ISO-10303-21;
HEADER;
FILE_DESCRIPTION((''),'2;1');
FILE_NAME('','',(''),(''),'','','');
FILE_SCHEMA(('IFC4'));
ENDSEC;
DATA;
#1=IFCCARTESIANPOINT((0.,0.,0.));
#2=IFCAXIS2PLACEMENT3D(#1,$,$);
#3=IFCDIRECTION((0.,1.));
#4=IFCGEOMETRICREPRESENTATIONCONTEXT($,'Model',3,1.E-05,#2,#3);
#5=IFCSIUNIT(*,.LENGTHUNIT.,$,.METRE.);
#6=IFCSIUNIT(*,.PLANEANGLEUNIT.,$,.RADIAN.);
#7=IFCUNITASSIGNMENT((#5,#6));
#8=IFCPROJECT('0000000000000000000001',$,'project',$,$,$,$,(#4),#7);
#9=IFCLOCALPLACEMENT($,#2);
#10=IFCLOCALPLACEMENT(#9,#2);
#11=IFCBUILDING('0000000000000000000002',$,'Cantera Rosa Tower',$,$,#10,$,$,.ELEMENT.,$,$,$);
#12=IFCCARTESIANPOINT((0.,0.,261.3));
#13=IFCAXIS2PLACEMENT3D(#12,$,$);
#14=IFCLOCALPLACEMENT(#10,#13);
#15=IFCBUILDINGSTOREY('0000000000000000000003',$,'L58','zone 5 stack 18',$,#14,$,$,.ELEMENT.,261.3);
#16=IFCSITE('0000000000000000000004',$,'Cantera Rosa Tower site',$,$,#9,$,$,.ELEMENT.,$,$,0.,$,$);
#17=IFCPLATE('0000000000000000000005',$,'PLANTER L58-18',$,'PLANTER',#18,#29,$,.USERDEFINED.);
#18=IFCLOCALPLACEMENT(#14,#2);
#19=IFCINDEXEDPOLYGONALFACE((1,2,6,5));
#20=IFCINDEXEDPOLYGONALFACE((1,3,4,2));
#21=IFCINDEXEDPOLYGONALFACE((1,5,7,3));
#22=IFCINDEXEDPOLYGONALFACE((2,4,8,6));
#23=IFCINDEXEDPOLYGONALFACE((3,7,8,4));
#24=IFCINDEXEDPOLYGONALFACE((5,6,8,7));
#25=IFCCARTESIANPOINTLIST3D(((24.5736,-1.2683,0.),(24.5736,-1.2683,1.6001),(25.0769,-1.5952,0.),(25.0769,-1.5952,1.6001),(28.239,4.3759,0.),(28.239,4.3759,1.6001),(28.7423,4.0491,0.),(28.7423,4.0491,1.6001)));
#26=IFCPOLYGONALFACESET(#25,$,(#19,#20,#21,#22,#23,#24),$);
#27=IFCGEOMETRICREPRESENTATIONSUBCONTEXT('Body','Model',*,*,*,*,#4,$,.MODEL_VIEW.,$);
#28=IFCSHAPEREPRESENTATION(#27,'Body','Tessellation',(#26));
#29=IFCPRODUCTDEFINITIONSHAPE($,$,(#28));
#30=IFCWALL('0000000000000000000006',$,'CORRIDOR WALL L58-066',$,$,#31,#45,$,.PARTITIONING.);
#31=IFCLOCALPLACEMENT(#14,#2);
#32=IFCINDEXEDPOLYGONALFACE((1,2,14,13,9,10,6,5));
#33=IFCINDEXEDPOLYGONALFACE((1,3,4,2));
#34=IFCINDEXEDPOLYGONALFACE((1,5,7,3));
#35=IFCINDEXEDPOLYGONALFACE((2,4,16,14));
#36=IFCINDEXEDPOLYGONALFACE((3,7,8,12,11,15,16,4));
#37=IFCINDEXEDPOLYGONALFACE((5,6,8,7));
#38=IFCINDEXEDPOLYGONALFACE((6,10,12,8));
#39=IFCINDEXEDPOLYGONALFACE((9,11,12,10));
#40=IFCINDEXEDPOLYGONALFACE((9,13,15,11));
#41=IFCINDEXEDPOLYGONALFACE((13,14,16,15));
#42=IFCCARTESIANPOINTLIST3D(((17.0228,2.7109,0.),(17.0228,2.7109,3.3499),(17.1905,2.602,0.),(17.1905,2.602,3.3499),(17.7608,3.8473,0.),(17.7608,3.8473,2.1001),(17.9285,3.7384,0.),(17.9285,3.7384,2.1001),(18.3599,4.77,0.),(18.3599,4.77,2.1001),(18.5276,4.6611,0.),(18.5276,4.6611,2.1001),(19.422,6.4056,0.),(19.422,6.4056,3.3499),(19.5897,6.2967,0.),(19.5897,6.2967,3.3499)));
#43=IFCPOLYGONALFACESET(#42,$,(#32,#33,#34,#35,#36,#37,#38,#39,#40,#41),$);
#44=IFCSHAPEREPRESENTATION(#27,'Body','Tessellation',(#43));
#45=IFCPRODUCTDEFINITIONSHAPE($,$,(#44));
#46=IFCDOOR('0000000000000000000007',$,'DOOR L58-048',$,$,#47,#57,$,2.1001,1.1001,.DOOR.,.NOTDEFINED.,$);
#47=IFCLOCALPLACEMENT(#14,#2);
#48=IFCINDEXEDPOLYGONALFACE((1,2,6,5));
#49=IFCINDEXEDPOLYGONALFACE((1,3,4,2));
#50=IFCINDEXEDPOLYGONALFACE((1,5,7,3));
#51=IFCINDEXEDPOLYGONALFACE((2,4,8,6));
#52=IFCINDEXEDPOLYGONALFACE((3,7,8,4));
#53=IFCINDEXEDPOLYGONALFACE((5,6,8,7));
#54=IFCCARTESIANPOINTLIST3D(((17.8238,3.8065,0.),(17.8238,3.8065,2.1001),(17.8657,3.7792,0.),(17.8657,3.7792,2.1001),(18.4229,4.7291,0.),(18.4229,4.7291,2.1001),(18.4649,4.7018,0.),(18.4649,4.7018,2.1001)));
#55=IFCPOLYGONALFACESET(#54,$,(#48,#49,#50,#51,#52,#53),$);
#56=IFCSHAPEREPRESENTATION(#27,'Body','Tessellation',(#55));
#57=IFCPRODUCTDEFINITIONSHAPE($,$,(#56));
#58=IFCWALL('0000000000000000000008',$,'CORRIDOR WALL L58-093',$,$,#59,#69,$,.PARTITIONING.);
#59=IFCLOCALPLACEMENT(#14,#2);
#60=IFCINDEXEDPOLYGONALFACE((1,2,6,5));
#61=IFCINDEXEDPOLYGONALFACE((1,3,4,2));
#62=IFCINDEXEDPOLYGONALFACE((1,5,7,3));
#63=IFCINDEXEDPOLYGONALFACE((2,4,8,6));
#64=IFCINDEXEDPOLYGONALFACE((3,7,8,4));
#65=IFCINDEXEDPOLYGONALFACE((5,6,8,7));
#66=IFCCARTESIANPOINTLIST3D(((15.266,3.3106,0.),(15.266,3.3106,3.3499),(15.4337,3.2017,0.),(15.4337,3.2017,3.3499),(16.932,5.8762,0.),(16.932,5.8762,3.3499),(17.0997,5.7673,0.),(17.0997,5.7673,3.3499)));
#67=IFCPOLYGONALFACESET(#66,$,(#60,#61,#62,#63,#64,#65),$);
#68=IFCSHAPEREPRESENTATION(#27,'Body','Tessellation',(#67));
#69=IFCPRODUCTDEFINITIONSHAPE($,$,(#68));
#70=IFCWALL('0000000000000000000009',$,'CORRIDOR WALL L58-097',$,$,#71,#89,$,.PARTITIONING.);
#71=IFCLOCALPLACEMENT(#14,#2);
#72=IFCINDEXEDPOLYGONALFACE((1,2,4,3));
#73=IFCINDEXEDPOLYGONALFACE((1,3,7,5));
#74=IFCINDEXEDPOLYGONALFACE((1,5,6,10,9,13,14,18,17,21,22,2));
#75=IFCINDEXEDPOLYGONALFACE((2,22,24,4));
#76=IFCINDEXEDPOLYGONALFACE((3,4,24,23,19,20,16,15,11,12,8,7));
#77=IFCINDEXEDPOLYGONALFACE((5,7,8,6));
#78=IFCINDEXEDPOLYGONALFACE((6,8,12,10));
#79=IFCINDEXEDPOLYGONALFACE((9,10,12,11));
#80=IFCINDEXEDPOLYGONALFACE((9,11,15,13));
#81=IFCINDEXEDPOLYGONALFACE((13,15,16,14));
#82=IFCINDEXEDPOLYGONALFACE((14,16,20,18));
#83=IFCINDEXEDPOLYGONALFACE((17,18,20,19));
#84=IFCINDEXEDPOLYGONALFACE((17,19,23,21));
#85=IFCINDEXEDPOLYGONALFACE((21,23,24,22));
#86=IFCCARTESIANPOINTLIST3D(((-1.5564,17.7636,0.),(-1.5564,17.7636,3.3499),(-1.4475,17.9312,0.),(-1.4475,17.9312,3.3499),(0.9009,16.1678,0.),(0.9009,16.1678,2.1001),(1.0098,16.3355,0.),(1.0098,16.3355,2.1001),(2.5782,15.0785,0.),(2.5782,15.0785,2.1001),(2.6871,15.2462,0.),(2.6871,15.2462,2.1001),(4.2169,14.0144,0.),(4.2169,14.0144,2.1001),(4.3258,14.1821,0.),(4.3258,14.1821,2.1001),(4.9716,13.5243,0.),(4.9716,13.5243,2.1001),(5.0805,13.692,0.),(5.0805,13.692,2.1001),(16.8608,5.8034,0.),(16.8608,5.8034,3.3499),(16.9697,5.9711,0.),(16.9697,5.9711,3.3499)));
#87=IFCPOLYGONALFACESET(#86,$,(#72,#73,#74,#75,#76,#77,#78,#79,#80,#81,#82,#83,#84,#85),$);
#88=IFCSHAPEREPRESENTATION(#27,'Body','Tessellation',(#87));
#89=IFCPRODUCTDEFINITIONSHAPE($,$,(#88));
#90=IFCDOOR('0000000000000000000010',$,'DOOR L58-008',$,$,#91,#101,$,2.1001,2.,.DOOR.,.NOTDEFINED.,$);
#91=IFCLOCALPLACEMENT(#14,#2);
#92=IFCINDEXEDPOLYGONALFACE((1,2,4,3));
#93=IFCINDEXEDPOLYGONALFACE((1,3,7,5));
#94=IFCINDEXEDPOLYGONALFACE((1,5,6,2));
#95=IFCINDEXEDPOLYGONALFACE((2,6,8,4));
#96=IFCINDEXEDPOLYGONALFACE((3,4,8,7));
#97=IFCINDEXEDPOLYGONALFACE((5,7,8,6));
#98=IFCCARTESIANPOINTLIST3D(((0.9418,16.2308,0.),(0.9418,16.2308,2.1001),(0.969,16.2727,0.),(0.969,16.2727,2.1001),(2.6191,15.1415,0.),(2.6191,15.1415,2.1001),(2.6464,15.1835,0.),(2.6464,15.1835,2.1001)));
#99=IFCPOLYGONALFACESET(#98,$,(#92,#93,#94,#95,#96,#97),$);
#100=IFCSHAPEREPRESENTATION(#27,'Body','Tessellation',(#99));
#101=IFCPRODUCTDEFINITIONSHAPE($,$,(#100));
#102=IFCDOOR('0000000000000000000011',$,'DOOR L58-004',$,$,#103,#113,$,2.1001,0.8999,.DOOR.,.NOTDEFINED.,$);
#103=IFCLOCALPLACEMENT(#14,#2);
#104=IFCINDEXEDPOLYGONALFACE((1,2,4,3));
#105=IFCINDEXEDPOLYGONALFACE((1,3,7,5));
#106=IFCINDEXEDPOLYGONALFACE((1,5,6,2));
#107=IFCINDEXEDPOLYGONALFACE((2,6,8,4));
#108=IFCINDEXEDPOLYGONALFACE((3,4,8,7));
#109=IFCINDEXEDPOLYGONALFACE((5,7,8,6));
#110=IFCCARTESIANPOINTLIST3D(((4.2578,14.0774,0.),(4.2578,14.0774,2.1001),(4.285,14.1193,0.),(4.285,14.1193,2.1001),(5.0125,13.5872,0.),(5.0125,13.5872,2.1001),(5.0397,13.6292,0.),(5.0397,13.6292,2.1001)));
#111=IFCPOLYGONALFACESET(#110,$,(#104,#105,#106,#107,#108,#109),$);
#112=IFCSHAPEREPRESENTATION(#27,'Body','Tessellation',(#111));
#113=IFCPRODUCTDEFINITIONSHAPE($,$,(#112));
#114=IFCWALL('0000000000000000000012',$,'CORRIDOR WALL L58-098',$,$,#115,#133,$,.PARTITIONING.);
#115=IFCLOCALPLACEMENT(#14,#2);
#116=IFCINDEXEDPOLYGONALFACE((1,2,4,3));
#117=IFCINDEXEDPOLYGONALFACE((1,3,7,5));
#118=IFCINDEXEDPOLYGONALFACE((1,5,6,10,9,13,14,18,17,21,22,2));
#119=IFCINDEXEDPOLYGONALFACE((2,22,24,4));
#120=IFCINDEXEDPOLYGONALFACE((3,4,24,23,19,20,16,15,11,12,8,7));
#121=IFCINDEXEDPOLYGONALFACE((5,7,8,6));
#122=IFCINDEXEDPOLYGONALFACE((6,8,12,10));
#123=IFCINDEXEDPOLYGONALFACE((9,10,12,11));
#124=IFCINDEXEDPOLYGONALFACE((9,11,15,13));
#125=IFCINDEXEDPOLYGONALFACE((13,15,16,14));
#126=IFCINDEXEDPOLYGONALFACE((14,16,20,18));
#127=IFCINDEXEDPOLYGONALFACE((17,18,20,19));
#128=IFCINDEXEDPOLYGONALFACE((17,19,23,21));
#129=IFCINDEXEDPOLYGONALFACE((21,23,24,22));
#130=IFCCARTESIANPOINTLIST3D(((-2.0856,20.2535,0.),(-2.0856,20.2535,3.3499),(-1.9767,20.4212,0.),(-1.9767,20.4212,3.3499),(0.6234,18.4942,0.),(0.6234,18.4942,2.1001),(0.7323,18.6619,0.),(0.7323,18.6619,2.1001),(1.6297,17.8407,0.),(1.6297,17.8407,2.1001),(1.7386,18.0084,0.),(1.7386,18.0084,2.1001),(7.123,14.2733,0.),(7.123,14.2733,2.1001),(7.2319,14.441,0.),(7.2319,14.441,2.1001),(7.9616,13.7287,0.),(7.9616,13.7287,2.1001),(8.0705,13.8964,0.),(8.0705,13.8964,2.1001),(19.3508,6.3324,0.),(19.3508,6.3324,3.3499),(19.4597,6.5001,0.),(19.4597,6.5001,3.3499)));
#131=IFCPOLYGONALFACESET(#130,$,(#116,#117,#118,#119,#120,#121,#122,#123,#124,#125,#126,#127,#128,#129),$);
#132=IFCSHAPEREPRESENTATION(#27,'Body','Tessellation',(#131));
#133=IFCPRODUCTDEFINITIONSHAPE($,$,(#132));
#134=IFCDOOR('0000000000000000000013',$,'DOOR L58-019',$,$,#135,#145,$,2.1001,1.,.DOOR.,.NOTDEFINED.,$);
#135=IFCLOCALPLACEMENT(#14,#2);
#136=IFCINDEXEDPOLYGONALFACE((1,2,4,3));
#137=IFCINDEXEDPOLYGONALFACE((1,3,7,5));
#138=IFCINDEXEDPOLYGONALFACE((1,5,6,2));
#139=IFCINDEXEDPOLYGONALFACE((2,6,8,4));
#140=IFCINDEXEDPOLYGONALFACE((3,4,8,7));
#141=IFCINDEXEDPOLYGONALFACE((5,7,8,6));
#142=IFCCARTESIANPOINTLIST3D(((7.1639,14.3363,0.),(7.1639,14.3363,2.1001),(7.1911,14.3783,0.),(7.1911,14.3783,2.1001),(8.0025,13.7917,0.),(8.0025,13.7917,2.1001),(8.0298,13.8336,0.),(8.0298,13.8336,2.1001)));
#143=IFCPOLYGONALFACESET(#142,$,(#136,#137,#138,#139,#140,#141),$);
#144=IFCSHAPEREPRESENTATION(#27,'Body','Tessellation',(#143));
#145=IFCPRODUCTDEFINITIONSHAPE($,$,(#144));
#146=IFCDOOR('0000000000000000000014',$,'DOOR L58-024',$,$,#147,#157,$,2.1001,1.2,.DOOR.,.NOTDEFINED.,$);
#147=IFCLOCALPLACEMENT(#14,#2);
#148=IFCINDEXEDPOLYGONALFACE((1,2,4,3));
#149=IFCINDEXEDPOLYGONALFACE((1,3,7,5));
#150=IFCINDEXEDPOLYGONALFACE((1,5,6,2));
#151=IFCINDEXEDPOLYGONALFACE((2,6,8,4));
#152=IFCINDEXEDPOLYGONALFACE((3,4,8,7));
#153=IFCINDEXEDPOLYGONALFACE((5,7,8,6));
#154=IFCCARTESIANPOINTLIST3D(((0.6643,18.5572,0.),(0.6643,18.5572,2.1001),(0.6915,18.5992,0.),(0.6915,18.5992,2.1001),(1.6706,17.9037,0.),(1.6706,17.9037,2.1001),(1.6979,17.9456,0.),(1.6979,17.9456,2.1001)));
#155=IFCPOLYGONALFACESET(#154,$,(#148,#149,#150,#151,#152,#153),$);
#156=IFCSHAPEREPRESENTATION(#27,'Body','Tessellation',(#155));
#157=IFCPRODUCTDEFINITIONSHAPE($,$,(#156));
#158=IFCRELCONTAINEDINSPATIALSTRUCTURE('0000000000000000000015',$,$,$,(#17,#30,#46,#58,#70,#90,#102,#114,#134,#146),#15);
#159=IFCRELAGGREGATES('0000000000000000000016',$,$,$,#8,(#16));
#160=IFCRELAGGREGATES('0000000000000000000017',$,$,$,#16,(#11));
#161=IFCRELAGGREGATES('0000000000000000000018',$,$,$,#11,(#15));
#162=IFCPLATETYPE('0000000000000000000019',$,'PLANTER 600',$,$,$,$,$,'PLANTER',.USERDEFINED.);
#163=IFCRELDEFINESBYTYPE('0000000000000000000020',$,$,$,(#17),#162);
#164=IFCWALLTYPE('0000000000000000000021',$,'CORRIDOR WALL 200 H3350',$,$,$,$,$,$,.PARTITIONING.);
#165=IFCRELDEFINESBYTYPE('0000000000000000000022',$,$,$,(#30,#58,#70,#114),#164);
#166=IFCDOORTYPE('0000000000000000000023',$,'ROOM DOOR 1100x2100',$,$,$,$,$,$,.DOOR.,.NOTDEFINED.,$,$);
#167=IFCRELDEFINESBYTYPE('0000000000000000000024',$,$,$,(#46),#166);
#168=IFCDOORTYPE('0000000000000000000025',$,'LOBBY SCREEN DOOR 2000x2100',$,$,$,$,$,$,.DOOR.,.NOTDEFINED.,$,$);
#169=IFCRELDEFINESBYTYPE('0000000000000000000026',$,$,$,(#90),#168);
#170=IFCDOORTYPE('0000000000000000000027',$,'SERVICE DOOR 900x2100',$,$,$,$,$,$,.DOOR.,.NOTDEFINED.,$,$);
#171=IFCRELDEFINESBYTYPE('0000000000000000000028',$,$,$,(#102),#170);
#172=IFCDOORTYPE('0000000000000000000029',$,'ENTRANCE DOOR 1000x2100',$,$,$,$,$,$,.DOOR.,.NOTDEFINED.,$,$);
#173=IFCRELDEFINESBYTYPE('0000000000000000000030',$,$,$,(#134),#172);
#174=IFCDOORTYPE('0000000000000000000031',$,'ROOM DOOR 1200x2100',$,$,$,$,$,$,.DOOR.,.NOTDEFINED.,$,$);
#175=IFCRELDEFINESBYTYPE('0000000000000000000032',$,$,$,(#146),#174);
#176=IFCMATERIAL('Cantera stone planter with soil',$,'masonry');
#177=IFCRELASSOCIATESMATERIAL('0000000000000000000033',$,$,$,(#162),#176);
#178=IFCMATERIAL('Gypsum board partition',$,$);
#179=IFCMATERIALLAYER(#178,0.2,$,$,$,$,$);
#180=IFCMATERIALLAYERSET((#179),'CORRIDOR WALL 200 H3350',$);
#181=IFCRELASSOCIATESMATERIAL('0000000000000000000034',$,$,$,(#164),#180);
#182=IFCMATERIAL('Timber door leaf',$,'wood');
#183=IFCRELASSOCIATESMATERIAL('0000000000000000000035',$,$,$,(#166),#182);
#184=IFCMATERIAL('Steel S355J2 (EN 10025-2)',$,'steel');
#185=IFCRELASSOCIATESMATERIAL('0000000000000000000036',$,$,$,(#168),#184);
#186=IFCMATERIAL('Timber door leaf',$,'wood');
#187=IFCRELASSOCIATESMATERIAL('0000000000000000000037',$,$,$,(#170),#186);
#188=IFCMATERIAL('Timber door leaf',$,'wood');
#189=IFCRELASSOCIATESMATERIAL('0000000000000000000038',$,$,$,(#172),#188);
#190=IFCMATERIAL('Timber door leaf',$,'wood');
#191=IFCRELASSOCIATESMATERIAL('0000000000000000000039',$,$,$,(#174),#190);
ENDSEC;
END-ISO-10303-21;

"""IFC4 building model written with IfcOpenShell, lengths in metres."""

from ifc_helpers import new_model, si_unit, direction, frame, frame_2d, origin, origin_2d, place, context, subcontext, project, spatial, rectangle, extrude, material, layer, layer_set, type_object, element, fill, save


model = new_model("IFC4")

# Units and contexts
model_context = context("Model", 3, precision=1e-05, world=origin(), true_north=direction((0.0, 1.0)))
body_context = subcontext(model_context, "Body", "Model", "MODEL_VIEW")
ifc_project = project(units=[si_unit("LENGTHUNIT", "METRE"), si_unit("PLANEANGLEUNIT", "RADIAN")], contexts=[model_context])

# Site, building, storey
site_placement = place(None, origin())
site = spatial("IfcSite", under=ifc_project, at=site_placement, Name="Cantera Rosa Tower site", CompositionType="ELEMENT", RefElevation=0.0)
building_placement = place(site_placement, origin())
building = spatial("IfcBuilding", under=site, at=building_placement, Name="Cantera Rosa Tower", CompositionType="ELEMENT")
storey_placement = place(building_placement, frame((0.0, 0.0, 261.3)))
storey = spatial("IfcBuildingStorey", under=building, at=storey_placement, Name="L58", Description="zone 5 stack 18", CompositionType="ELEMENT", Elevation=261.3)

# Plate
ifc_material_1 = material(Name="Cantera stone planter with soil", Category="masonry")
plate_type = type_object("IfcPlateType", Name="PLANTER 600", ElementType="PLANTER", PredefinedType="USERDEFINED", material=ifc_material_1)
plate_placement = place(storey_placement, frame((26.658, 1.3904, 0.0), z_axis=(0.0, 0.0, 1.0), x_axis=(0.544639, 0.838671, 0.0)))
element("IfcPlate", 1, at=plate_placement, inside=storey, type_object=plate_type, Name="PLANTER L58-18", ObjectType="PLANTER", PredefinedType="USERDEFINED", context=body_context, shape_type="SweptSolid", body=[
    extrude(rectangle(XDim=6.73, YDim=0.6001, at=origin_2d()), origin(), (0.0, 0.0, 1.0), 1.6001),
])

# Wall, opening, door
ifc_material_2 = material(Name="Gypsum board partition")
ifc_layer_1 = layer(ifc_material_2, 0.2)
ifc_layer_set_1 = layer_set([ifc_layer_1], Name="CORRIDOR WALL 200 H3350")
wall_type_1 = type_object("IfcWallType", Name="CORRIDOR WALL 200 H3350", PredefinedType="PARTITIONING", material=ifc_layer_set_1)
wall_1_placement = place(storey_placement, frame((17.1067, 2.6565, 0.0), z_axis=(0.0, 0.0, 1.0), x_axis=(0.54462, 0.838683, 0.0)))
wall_1 = element("IfcWall", 2, at=wall_1_placement, inside=storey, type_object=wall_type_1, Name="CORRIDOR WALL L58-066", PredefinedType="PARTITIONING", context=body_context, shape_type="SweptSolid", body=[
    extrude(rectangle(XDim=4.4053, YDim=0.2, at=frame_2d((2.2026, 0.0))), origin(), (0.0, 0.0, 1.0), 3.3499),
])
opening_1_placement = place(wall_1_placement, frame((1.355, 0.0, 0.0)))
opening_1 = element("IfcOpeningElement", 3, at=opening_1_placement, cuts=wall_1, PredefinedType="OPENING", context=body_context, shape_type="SweptSolid", body=[
    extrude(rectangle(XDim=1.1001, YDim=2.1001, at=frame_2d((0.55, 1.05))), frame((0.0, 0.1099, 0.0), z_axis=(0.0, -1.0, 0.0), x_axis=(1.0, 0.0, 0.0)), (0.0, 0.0, 1.0), 0.22),
])
ifc_material_3 = material(Name="Timber door leaf", Category="wood")
door_type_1 = type_object("IfcDoorType", Name="ROOM DOOR 1100x2100", OperationType="NOTDEFINED", PredefinedType="DOOR", material=ifc_material_3)
door_1_placement = place(opening_1_placement, origin())
door_1 = element("IfcDoor", 4, at=door_1_placement, inside=storey, type_object=door_type_1, Name="DOOR L58-048", OperationType="NOTDEFINED", OverallHeight=2.1001, OverallWidth=1.1001, PredefinedType="DOOR", context=body_context, shape_type="SweptSolid", body=[
    extrude(rectangle(XDim=1.1001, YDim=2.1001, at=frame_2d((0.55, 1.05))), frame((0.0, 0.0249, 0.0), z_axis=(0.0, -1.0, 0.0), x_axis=(1.0, 0.0, 0.0)), (0.0, 0.0, 1.0), 0.05),
])
fill(opening_1, door_1)

# Wall
wall_2_placement = place(storey_placement, frame((15.3499, 3.2561, 0.0), z_axis=(0.0, 0.0, 1.0), x_axis=(0.544604, 0.838693, 0.0)))
element("IfcWall", 5, at=wall_2_placement, inside=storey, type_object=wall_type_1, Name="CORRIDOR WALL L58-093", PredefinedType="PARTITIONING", context=body_context, shape_type="SweptSolid", body=[
    extrude(rectangle(XDim=3.0591, YDim=0.2, at=frame_2d((1.5295, 0.0))), origin(), (0.0, 0.0, 1.0), 3.3499),
])

# Walls, openings, doors
wall_3_placement = place(storey_placement, frame((16.9153, 5.8872, 0.0), z_axis=(0.0, 0.0, 1.0), x_axis=(-0.838672, 0.544636, 0.0)))
wall_3 = element("IfcWall", 6, at=wall_3_placement, inside=storey, type_object=wall_type_1, Name="CORRIDOR WALL L58-097", PredefinedType="PARTITIONING", context=body_context, shape_type="SweptSolid", body=[
    extrude(rectangle(XDim=21.96, YDim=0.2, at=frame_2d((10.98, 0.0))), origin(), (0.0, 0.0, 1.0), 3.3499),
])
opening_2_placement = place(wall_3_placement, frame((14.1763, 0.0, 0.0)))
opening_2 = element("IfcOpeningElement", 7, at=opening_2_placement, cuts=wall_3, PredefinedType="OPENING", context=body_context, shape_type="SweptSolid", body=[
    extrude(rectangle(XDim=0.8999, YDim=2.1001, at=frame_2d((0.45, 1.05))), frame((0.0, 0.1099, 0.0), z_axis=(0.0, -1.0, 0.0), x_axis=(1.0, 0.0, 0.0)), (0.0, 0.0, 1.0), 0.22),
])
opening_3_placement = place(wall_3_placement, frame((17.03, 0.0, 0.0)))
opening_3 = element("IfcOpeningElement", 8, at=opening_3_placement, cuts=wall_3, PredefinedType="OPENING", context=body_context, shape_type="SweptSolid", body=[
    extrude(rectangle(XDim=2.0, YDim=2.1001, at=frame_2d((1.0, 1.05))), frame((0.0, 0.1099, 0.0), z_axis=(0.0, -1.0, 0.0), x_axis=(1.0, 0.0, 0.0)), (0.0, 0.0, 1.0), 0.22),
])
ifc_material_4 = material(Name="Steel S355J2 (EN 10025-2)", Category="steel")
door_type_2 = type_object("IfcDoorType", Name="LOBBY SCREEN DOOR 2000x2100", OperationType="NOTDEFINED", PredefinedType="DOOR", material=ifc_material_4)
door_2_placement = place(opening_3_placement, origin())
door_2 = element("IfcDoor", 9, at=door_2_placement, inside=storey, type_object=door_type_2, Name="DOOR L58-008", OperationType="NOTDEFINED", OverallHeight=2.1001, OverallWidth=2.0, PredefinedType="DOOR", context=body_context, shape_type="SweptSolid", body=[
    extrude(rectangle(XDim=2.0, YDim=2.1001, at=frame_2d((1.0, 1.05))), frame((0.0, 0.0249, 0.0), z_axis=(0.0, -1.0, 0.0), x_axis=(1.0, 0.0, 0.0)), (0.0, 0.0, 1.0), 0.05),
])
fill(opening_3, door_2)
ifc_material_5 = material(Name="Timber door leaf", Category="wood")
door_type_3 = type_object("IfcDoorType", Name="SERVICE DOOR 900x2100", OperationType="NOTDEFINED", PredefinedType="DOOR", material=ifc_material_5)
door_3_placement = place(opening_2_placement, origin())
door_3 = element("IfcDoor", 10, at=door_3_placement, inside=storey, type_object=door_type_3, Name="DOOR L58-004", OperationType="NOTDEFINED", OverallHeight=2.1001, OverallWidth=0.8999, PredefinedType="DOOR", context=body_context, shape_type="SweptSolid", body=[
    extrude(rectangle(XDim=0.8999, YDim=2.1001, at=frame_2d((0.45, 1.05))), frame((0.0, 0.0249, 0.0), z_axis=(0.0, -1.0, 0.0), x_axis=(1.0, 0.0, 0.0)), (0.0, 0.0, 1.0), 0.05),
])
fill(opening_2, door_3)
wall_4_placement = place(storey_placement, frame((19.4053, 6.4163, 0.0), z_axis=(0.0, 0.0, 1.0), x_axis=(-0.838669, 0.544642, 0.0)))
wall_4 = element("IfcWall", 11, at=wall_4_placement, inside=storey, type_object=wall_type_1, Name="CORRIDOR WALL L58-098", PredefinedType="PARTITIONING", context=body_context, shape_type="SweptSolid", body=[
    extrude(rectangle(XDim=25.5601, YDim=0.2, at=frame_2d((12.78, 0.0))), origin(), (0.0, 0.0, 1.0), 3.3499),
])
opening_4_placement = place(wall_4_placement, frame((13.5801, 0.0, 0.0)))
opening_4 = element("IfcOpeningElement", 12, at=opening_4_placement, cuts=wall_4, PredefinedType="OPENING", context=body_context, shape_type="SweptSolid", body=[
    extrude(rectangle(XDim=1.0, YDim=2.1001, at=frame_2d((0.5, 1.05))), frame((0.0, 0.1099, 0.0), z_axis=(0.0, -1.0, 0.0), x_axis=(1.0, 0.0, 0.0)), (0.0, 0.0, 1.0), 0.22),
])
opening_5_placement = place(wall_4_placement, frame((21.1299, 0.0, 0.0)))
opening_5 = element("IfcOpeningElement", 13, at=opening_5_placement, cuts=wall_4, PredefinedType="OPENING", context=body_context, shape_type="SweptSolid", body=[
    extrude(rectangle(XDim=1.2, YDim=2.1001, at=frame_2d((0.6001, 1.05))), frame((0.0, 0.1099, 0.0), z_axis=(0.0, -1.0, 0.0), x_axis=(1.0, 0.0, 0.0)), (0.0, 0.0, 1.0), 0.22),
])
ifc_material_6 = material(Name="Timber door leaf", Category="wood")
door_type_4 = type_object("IfcDoorType", Name="ENTRANCE DOOR 1000x2100", OperationType="NOTDEFINED", PredefinedType="DOOR", material=ifc_material_6)
door_4_placement = place(opening_4_placement, origin())
door_4 = element("IfcDoor", 14, at=door_4_placement, inside=storey, type_object=door_type_4, Name="DOOR L58-019", OperationType="NOTDEFINED", OverallHeight=2.1001, OverallWidth=1.0, PredefinedType="DOOR", context=body_context, shape_type="SweptSolid", body=[
    extrude(rectangle(XDim=1.0, YDim=2.1001, at=frame_2d((0.5, 1.05))), frame((0.0, 0.0249, 0.0), z_axis=(0.0, -1.0, 0.0), x_axis=(1.0, 0.0, 0.0)), (0.0, 0.0, 1.0), 0.05),
])
fill(opening_4, door_4)
ifc_material_7 = material(Name="Timber door leaf", Category="wood")
door_type_5 = type_object("IfcDoorType", Name="ROOM DOOR 1200x2100", OperationType="NOTDEFINED", PredefinedType="DOOR", material=ifc_material_7)
door_5_placement = place(opening_5_placement, origin())
door_5 = element("IfcDoor", 15, at=door_5_placement, inside=storey, type_object=door_type_5, Name="DOOR L58-024", OperationType="NOTDEFINED", OverallHeight=2.1001, OverallWidth=1.2, PredefinedType="DOOR", context=body_context, shape_type="SweptSolid", body=[
    extrude(rectangle(XDim=1.2, YDim=2.1001, at=frame_2d((0.6001, 1.05))), frame((0.0, 0.0249, 0.0), z_axis=(0.0, -1.0, 0.0), x_axis=(1.0, 0.0, 0.0)), (0.0, 0.0, 1.0), 0.05),
])
fill(opening_5, door_5)

save(model, "model.ifc")
